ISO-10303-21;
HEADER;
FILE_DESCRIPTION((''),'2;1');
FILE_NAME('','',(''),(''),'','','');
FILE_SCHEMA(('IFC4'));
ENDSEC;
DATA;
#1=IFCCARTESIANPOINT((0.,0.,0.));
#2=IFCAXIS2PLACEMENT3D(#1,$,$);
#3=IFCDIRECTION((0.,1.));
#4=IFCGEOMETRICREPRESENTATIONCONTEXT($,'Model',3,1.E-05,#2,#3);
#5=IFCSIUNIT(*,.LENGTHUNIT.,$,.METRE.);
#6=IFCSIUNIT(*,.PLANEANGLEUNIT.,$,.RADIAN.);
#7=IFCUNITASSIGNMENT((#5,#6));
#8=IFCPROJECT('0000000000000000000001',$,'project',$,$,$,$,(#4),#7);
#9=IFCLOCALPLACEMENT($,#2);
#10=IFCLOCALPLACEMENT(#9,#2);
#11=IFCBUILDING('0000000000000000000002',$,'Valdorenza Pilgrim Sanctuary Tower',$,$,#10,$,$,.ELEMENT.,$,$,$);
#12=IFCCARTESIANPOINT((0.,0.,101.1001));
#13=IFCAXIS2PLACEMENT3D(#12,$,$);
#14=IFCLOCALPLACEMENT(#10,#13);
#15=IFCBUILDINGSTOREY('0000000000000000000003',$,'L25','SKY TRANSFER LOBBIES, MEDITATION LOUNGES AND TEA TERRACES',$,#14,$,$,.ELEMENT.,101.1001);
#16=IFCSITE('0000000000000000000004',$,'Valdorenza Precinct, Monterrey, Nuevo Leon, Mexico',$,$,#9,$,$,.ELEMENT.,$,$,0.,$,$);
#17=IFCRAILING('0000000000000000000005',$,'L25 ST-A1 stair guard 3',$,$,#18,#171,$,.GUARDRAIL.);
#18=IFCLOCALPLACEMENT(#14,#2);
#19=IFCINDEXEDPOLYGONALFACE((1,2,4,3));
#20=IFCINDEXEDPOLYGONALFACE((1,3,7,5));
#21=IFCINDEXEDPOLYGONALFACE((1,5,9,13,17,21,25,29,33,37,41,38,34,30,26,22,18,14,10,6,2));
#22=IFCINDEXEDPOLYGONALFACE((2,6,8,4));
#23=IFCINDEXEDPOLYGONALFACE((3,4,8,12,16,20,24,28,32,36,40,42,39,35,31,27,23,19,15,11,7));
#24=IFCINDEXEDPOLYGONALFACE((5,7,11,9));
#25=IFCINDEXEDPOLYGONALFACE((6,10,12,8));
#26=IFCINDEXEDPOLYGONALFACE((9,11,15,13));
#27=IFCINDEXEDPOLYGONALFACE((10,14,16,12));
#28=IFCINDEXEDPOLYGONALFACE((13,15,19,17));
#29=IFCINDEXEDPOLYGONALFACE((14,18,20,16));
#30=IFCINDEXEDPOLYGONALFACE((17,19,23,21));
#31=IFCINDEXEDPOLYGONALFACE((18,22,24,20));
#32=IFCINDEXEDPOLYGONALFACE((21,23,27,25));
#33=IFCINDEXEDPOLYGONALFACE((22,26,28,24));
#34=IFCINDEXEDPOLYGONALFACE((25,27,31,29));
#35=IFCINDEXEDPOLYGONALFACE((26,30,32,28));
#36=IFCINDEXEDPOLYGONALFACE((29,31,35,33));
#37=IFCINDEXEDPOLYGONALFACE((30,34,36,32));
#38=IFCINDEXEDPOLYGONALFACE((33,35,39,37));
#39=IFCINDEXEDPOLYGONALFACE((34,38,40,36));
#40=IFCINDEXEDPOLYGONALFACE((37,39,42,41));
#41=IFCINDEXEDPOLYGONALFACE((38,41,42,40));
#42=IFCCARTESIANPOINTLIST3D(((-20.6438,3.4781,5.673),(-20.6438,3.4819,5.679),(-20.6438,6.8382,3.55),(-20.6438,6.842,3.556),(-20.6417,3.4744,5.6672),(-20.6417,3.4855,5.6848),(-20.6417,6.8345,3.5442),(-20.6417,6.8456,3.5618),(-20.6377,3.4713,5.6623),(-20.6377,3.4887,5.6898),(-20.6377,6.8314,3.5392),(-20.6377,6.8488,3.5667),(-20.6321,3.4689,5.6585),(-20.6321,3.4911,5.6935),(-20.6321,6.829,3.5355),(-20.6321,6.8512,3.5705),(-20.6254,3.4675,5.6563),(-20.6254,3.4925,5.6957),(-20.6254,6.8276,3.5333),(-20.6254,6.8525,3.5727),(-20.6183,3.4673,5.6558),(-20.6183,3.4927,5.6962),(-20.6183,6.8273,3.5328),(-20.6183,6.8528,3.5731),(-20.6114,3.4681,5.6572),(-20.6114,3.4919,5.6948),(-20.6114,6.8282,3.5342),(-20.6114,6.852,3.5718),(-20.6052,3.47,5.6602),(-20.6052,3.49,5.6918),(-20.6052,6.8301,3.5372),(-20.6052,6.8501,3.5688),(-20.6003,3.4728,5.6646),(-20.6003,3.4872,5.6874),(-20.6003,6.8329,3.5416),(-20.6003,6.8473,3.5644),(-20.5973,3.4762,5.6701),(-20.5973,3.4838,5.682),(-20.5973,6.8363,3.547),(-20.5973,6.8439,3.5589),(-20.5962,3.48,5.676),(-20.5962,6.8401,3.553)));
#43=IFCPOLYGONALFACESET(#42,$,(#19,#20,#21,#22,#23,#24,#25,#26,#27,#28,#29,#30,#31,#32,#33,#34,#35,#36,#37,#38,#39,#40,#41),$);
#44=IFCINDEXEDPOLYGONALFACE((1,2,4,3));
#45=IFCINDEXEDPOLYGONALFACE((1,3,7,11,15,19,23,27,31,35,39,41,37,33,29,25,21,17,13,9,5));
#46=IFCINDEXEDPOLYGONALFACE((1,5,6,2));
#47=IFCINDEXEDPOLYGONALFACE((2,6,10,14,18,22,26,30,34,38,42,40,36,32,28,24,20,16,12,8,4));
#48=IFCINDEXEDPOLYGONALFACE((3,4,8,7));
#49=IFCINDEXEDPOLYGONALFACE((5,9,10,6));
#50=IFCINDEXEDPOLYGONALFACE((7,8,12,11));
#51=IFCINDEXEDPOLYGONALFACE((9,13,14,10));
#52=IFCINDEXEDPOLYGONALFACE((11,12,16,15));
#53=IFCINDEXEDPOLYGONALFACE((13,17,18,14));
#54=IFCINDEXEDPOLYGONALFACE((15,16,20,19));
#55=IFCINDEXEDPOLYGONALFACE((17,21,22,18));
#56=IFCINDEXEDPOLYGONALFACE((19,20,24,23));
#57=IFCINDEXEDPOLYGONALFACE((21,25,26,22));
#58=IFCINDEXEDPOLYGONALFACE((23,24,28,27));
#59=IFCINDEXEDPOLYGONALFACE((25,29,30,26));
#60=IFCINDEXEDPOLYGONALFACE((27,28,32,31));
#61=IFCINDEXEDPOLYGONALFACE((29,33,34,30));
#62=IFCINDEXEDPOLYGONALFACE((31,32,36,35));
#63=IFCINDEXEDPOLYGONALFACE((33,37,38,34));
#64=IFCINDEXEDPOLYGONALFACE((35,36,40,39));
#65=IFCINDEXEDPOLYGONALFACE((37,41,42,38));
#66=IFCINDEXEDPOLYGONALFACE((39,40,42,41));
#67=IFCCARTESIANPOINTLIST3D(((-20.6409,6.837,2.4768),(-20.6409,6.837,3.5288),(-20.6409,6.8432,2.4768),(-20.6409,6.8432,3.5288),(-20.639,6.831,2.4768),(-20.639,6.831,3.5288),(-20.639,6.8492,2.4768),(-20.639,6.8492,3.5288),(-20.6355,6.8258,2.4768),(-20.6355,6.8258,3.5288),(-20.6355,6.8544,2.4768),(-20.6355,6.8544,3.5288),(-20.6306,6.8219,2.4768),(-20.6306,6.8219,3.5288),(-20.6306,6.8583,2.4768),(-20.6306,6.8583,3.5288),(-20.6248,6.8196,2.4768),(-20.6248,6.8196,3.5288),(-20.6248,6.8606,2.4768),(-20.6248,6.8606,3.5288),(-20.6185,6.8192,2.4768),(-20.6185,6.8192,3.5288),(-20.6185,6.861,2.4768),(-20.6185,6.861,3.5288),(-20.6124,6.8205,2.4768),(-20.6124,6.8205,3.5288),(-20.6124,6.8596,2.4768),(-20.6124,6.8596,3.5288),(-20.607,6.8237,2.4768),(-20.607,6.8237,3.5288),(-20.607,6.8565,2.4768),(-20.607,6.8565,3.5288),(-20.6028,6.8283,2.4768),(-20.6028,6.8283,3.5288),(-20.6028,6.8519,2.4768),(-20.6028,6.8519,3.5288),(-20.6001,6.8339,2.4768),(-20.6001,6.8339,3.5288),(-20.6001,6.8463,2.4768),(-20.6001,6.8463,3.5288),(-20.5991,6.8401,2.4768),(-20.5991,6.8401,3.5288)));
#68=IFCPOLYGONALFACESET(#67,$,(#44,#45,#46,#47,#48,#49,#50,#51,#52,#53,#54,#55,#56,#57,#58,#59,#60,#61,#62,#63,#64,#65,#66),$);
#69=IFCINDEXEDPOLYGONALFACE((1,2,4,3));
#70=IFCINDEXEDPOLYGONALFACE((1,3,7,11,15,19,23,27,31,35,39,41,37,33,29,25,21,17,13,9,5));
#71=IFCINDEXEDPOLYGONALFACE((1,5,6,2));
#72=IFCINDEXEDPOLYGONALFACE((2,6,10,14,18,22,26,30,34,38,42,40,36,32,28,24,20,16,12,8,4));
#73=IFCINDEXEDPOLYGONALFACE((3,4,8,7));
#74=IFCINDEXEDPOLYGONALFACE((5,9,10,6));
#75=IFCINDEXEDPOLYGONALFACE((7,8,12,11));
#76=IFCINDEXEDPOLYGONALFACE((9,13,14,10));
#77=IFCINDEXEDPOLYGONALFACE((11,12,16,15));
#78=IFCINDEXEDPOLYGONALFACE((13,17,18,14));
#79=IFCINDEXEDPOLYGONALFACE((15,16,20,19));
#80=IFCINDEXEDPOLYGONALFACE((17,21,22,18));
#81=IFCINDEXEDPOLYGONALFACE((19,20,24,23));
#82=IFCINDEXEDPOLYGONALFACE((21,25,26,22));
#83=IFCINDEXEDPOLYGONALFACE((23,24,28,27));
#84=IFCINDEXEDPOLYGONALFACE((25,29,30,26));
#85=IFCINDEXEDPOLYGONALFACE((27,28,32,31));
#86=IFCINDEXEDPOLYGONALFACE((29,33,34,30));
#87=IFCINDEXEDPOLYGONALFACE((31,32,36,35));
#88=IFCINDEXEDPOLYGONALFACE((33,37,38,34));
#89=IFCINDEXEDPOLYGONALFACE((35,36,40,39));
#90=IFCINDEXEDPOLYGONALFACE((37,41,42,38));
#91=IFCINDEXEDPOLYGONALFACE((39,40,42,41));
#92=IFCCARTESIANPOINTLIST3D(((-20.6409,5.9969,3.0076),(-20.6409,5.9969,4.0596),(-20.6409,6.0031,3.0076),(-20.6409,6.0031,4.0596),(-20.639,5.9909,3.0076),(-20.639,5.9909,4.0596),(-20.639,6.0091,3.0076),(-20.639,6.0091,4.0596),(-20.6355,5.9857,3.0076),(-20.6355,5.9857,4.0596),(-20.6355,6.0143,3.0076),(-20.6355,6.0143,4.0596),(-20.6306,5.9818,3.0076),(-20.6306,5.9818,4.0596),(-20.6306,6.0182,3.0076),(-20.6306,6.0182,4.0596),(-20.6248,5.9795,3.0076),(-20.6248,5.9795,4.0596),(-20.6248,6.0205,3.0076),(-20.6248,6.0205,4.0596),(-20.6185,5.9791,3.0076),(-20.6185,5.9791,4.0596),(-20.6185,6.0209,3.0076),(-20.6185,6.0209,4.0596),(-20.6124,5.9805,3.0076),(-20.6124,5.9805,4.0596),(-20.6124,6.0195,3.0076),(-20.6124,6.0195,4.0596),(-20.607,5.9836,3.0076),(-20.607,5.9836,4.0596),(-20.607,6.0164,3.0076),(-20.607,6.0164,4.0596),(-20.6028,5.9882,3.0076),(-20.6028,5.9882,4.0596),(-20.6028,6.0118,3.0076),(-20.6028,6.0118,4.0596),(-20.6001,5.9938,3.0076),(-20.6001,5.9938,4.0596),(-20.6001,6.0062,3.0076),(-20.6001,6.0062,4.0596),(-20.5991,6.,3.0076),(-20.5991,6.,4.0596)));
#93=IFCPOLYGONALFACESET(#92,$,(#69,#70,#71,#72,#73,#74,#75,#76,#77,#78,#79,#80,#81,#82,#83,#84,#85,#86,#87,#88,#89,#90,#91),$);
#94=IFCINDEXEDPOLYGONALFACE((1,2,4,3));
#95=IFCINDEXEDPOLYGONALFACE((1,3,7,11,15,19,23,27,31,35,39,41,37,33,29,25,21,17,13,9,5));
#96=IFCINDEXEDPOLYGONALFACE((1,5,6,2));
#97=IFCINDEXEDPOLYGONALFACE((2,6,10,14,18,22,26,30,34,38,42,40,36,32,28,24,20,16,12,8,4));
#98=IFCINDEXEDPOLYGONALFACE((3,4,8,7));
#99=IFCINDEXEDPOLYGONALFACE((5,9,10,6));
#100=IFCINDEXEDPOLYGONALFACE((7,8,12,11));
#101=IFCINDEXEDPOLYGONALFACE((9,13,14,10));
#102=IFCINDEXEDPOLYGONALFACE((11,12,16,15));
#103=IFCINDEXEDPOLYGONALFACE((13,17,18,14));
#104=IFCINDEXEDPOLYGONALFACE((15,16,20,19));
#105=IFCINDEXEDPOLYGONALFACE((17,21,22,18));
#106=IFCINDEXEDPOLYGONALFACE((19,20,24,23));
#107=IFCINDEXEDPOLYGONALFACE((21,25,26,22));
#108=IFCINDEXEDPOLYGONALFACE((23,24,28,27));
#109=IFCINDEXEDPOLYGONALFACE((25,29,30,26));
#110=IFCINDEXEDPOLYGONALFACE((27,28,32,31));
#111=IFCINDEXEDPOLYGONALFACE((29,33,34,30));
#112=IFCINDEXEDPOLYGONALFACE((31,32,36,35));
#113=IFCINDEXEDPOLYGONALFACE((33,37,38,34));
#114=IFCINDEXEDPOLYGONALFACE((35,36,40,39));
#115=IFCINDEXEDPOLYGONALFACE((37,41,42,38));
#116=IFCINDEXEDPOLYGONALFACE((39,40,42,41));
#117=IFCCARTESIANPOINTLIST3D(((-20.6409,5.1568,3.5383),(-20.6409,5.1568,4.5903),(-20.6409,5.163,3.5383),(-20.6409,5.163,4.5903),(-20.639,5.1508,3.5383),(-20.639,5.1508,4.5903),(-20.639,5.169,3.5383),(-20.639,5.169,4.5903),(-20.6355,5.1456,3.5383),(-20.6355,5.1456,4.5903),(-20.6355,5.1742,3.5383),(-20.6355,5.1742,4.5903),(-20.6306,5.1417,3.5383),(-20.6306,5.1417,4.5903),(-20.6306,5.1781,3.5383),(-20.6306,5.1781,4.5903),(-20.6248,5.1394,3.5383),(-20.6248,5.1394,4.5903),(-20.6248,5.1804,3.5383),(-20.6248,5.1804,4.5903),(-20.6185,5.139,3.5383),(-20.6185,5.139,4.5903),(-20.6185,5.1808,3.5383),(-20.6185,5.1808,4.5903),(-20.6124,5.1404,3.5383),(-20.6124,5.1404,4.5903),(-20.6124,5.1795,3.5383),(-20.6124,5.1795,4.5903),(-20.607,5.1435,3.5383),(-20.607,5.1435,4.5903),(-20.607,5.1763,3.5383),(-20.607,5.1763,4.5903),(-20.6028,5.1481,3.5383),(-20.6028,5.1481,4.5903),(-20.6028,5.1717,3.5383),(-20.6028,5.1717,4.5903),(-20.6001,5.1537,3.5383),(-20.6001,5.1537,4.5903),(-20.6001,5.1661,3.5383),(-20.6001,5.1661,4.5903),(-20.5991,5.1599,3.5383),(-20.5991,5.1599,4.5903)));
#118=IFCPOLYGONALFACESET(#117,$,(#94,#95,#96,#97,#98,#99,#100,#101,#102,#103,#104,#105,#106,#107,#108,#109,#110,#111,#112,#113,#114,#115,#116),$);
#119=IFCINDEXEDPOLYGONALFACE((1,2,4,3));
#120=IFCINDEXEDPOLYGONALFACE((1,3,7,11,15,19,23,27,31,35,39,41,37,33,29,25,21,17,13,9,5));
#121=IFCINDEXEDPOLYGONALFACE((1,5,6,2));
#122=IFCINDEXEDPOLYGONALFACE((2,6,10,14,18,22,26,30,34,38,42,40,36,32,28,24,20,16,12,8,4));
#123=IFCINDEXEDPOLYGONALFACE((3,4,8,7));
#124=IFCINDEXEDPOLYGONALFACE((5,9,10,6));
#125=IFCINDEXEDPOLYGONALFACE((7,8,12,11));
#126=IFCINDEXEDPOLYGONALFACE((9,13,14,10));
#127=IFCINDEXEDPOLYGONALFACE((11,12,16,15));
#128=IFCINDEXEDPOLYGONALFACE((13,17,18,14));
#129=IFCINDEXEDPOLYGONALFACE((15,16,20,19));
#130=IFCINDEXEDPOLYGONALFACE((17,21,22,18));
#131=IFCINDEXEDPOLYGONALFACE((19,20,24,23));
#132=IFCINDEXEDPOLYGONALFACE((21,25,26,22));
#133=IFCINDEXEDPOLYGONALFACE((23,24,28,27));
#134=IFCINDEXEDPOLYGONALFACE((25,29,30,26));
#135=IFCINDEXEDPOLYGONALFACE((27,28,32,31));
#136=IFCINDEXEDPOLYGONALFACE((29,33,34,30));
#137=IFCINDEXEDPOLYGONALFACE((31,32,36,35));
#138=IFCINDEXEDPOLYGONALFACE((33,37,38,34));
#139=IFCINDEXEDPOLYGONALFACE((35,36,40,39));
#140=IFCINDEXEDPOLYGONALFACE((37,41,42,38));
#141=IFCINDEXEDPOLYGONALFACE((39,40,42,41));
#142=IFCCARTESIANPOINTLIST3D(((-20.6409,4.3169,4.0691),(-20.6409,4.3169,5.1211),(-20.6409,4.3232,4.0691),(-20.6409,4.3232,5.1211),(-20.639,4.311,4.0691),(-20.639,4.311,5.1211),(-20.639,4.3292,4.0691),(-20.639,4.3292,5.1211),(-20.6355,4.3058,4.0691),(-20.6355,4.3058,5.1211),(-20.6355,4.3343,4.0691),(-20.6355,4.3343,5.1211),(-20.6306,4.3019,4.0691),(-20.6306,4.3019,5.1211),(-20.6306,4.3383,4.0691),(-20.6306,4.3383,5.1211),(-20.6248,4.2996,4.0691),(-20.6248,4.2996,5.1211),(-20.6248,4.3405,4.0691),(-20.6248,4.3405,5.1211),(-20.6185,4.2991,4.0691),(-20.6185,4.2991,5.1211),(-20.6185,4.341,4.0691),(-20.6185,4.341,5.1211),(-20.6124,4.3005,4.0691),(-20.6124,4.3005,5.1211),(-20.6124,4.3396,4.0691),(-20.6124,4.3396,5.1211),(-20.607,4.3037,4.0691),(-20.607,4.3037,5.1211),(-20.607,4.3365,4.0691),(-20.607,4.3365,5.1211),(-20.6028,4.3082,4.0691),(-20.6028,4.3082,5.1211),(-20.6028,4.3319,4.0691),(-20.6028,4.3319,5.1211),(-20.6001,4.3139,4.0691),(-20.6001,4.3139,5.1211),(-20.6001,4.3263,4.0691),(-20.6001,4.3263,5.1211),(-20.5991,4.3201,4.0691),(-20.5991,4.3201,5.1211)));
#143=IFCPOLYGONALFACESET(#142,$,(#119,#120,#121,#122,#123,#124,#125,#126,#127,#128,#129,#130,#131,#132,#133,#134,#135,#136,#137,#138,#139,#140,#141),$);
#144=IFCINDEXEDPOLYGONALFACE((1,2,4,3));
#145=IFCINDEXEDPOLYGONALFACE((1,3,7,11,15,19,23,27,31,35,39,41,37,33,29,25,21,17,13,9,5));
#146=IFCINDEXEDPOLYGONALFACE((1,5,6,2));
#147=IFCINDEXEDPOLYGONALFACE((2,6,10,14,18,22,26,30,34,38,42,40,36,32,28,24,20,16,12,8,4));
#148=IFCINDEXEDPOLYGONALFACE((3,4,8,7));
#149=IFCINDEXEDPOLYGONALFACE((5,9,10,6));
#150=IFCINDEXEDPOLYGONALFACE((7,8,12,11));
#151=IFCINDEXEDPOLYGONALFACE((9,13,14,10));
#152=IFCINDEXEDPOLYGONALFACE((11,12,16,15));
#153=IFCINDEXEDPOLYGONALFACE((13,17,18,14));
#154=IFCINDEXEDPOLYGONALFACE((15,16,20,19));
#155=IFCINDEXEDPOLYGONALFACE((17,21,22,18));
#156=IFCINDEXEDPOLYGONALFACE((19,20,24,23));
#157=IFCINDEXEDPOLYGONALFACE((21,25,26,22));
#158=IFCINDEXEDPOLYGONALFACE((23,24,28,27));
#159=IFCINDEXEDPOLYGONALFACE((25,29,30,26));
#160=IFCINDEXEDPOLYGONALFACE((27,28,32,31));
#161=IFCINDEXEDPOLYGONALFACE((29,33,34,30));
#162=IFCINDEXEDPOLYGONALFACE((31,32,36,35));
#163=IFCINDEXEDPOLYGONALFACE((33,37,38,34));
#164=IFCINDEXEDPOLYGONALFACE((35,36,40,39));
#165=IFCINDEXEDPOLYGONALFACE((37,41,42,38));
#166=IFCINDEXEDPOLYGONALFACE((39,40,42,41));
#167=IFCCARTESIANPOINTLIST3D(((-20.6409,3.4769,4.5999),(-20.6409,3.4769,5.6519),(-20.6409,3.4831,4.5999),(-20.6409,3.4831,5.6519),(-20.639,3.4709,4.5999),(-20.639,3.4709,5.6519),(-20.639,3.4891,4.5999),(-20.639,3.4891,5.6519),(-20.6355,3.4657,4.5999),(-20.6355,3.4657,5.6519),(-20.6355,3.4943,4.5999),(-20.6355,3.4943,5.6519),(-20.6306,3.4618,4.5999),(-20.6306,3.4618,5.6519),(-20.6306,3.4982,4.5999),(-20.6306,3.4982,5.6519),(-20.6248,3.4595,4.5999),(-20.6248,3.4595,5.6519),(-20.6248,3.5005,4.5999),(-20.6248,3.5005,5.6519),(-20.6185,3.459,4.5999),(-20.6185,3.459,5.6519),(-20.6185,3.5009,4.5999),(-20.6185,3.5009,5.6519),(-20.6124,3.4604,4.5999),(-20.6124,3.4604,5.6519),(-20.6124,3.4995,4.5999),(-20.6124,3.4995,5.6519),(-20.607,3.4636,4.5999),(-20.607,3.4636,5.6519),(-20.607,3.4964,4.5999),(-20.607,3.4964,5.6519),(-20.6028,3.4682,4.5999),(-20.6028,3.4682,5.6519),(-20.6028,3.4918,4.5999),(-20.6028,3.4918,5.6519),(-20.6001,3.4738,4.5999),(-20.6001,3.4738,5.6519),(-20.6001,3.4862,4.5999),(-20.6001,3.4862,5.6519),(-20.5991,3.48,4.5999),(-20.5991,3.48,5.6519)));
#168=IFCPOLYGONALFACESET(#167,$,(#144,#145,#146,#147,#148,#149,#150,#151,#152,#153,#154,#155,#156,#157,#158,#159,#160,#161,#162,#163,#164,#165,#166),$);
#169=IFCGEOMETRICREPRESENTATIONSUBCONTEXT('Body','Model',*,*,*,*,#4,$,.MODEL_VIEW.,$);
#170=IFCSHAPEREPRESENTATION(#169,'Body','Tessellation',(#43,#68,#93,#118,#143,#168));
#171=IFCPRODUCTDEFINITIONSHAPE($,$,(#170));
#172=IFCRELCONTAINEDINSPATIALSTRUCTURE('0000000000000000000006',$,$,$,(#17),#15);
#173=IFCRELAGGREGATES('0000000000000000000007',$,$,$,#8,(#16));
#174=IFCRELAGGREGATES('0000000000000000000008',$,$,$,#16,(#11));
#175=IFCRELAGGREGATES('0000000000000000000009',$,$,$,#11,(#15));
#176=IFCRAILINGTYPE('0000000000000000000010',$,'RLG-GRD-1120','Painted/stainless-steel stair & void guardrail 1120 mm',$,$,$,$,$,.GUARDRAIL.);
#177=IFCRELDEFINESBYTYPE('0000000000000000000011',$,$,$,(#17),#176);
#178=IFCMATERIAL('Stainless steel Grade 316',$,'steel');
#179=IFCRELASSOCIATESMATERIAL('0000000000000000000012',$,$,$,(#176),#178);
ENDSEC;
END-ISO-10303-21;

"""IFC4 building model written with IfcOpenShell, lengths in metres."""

from ifc_helpers import new_model, si_unit, direction, frame, origin, origin_2d, place, context, subcontext, project, spatial, circle, extrude, material, type_object, element, save


model = new_model("IFC4")

# Units and contexts
model_context = context("Model", 3, precision=1e-05, world=origin(), true_north=direction((0.0, 1.0)))
body_context = subcontext(model_context, "Body", "Model", "MODEL_VIEW")
ifc_project = project(units=[si_unit("LENGTHUNIT", "METRE"), si_unit("PLANEANGLEUNIT", "RADIAN")], contexts=[model_context])

# Site, building, storey
site_placement = place(None, origin())
site = spatial("IfcSite", under=ifc_project, at=site_placement, Name="Valdorenza Precinct, Monterrey, Nuevo Leon, Mexico", CompositionType="ELEMENT", RefElevation=0.0)
building_placement = place(site_placement, origin())
building = spatial("IfcBuilding", under=site, at=building_placement, Name="Valdorenza Pilgrim Sanctuary Tower", CompositionType="ELEMENT")
storey_placement = place(building_placement, frame((0.0, 0.0, 101.1001)))
storey = spatial("IfcBuildingStorey", under=building, at=storey_placement, Name="L25", Description="SKY TRANSFER LOBBIES, MEDITATION LOUNGES AND TEA TERRACES", CompositionType="ELEMENT", Elevation=101.1001)

# Railing
ifc_material_1 = material(Name="Stainless steel Grade 316", Category="steel")
railing_type_1 = type_object("IfcRailingType", Name="RLG-GRD-1120", Description="Painted/stainless-steel stair & void guardrail 1120 mm", PredefinedType="GUARDRAIL", material=ifc_material_1)
railing_1_placement = place(storey_placement, frame((-20.6201, 6.8401, 2.4768)))
element("IfcRailing", 1, at=railing_1_placement, inside=storey, type_object=railing_type_1, Name="L25 ST-A1 stair guard 3", PredefinedType="GUARDRAIL", context=body_context, shape_type="SweptSolid", body=[
    extrude(circle(Radius=0.0239, at=origin_2d()), frame((0.0, 0.0, 1.0762), z_axis=(0.0, -0.84539, 0.53415), x_axis=(1.0, 0.0, 0.0)), (0.0, 0.0, 1.0), 3.9746),
    extrude(circle(Radius=0.021, at=origin_2d()), origin(), (0.0, 0.0, 1.0), 1.052),
    extrude(circle(Radius=0.021, at=origin_2d()), frame((0.0, -0.8401, 0.5308)), (0.0, 0.0, 1.0), 1.052),
    extrude(circle(Radius=0.021, at=origin_2d()), frame((0.0, -1.6802, 1.0615)), (0.0, 0.0, 1.0), 1.052),
    extrude(circle(Radius=0.021, at=origin_2d()), frame((0.0, -2.52, 1.5923)), (0.0, 0.0, 1.0), 1.052),
    extrude(circle(Radius=0.021, at=origin_2d()), frame((0.0, -3.3601, 2.123)), (0.0, 0.0, 1.0), 1.052),
])

save(model, "model.ifc")
